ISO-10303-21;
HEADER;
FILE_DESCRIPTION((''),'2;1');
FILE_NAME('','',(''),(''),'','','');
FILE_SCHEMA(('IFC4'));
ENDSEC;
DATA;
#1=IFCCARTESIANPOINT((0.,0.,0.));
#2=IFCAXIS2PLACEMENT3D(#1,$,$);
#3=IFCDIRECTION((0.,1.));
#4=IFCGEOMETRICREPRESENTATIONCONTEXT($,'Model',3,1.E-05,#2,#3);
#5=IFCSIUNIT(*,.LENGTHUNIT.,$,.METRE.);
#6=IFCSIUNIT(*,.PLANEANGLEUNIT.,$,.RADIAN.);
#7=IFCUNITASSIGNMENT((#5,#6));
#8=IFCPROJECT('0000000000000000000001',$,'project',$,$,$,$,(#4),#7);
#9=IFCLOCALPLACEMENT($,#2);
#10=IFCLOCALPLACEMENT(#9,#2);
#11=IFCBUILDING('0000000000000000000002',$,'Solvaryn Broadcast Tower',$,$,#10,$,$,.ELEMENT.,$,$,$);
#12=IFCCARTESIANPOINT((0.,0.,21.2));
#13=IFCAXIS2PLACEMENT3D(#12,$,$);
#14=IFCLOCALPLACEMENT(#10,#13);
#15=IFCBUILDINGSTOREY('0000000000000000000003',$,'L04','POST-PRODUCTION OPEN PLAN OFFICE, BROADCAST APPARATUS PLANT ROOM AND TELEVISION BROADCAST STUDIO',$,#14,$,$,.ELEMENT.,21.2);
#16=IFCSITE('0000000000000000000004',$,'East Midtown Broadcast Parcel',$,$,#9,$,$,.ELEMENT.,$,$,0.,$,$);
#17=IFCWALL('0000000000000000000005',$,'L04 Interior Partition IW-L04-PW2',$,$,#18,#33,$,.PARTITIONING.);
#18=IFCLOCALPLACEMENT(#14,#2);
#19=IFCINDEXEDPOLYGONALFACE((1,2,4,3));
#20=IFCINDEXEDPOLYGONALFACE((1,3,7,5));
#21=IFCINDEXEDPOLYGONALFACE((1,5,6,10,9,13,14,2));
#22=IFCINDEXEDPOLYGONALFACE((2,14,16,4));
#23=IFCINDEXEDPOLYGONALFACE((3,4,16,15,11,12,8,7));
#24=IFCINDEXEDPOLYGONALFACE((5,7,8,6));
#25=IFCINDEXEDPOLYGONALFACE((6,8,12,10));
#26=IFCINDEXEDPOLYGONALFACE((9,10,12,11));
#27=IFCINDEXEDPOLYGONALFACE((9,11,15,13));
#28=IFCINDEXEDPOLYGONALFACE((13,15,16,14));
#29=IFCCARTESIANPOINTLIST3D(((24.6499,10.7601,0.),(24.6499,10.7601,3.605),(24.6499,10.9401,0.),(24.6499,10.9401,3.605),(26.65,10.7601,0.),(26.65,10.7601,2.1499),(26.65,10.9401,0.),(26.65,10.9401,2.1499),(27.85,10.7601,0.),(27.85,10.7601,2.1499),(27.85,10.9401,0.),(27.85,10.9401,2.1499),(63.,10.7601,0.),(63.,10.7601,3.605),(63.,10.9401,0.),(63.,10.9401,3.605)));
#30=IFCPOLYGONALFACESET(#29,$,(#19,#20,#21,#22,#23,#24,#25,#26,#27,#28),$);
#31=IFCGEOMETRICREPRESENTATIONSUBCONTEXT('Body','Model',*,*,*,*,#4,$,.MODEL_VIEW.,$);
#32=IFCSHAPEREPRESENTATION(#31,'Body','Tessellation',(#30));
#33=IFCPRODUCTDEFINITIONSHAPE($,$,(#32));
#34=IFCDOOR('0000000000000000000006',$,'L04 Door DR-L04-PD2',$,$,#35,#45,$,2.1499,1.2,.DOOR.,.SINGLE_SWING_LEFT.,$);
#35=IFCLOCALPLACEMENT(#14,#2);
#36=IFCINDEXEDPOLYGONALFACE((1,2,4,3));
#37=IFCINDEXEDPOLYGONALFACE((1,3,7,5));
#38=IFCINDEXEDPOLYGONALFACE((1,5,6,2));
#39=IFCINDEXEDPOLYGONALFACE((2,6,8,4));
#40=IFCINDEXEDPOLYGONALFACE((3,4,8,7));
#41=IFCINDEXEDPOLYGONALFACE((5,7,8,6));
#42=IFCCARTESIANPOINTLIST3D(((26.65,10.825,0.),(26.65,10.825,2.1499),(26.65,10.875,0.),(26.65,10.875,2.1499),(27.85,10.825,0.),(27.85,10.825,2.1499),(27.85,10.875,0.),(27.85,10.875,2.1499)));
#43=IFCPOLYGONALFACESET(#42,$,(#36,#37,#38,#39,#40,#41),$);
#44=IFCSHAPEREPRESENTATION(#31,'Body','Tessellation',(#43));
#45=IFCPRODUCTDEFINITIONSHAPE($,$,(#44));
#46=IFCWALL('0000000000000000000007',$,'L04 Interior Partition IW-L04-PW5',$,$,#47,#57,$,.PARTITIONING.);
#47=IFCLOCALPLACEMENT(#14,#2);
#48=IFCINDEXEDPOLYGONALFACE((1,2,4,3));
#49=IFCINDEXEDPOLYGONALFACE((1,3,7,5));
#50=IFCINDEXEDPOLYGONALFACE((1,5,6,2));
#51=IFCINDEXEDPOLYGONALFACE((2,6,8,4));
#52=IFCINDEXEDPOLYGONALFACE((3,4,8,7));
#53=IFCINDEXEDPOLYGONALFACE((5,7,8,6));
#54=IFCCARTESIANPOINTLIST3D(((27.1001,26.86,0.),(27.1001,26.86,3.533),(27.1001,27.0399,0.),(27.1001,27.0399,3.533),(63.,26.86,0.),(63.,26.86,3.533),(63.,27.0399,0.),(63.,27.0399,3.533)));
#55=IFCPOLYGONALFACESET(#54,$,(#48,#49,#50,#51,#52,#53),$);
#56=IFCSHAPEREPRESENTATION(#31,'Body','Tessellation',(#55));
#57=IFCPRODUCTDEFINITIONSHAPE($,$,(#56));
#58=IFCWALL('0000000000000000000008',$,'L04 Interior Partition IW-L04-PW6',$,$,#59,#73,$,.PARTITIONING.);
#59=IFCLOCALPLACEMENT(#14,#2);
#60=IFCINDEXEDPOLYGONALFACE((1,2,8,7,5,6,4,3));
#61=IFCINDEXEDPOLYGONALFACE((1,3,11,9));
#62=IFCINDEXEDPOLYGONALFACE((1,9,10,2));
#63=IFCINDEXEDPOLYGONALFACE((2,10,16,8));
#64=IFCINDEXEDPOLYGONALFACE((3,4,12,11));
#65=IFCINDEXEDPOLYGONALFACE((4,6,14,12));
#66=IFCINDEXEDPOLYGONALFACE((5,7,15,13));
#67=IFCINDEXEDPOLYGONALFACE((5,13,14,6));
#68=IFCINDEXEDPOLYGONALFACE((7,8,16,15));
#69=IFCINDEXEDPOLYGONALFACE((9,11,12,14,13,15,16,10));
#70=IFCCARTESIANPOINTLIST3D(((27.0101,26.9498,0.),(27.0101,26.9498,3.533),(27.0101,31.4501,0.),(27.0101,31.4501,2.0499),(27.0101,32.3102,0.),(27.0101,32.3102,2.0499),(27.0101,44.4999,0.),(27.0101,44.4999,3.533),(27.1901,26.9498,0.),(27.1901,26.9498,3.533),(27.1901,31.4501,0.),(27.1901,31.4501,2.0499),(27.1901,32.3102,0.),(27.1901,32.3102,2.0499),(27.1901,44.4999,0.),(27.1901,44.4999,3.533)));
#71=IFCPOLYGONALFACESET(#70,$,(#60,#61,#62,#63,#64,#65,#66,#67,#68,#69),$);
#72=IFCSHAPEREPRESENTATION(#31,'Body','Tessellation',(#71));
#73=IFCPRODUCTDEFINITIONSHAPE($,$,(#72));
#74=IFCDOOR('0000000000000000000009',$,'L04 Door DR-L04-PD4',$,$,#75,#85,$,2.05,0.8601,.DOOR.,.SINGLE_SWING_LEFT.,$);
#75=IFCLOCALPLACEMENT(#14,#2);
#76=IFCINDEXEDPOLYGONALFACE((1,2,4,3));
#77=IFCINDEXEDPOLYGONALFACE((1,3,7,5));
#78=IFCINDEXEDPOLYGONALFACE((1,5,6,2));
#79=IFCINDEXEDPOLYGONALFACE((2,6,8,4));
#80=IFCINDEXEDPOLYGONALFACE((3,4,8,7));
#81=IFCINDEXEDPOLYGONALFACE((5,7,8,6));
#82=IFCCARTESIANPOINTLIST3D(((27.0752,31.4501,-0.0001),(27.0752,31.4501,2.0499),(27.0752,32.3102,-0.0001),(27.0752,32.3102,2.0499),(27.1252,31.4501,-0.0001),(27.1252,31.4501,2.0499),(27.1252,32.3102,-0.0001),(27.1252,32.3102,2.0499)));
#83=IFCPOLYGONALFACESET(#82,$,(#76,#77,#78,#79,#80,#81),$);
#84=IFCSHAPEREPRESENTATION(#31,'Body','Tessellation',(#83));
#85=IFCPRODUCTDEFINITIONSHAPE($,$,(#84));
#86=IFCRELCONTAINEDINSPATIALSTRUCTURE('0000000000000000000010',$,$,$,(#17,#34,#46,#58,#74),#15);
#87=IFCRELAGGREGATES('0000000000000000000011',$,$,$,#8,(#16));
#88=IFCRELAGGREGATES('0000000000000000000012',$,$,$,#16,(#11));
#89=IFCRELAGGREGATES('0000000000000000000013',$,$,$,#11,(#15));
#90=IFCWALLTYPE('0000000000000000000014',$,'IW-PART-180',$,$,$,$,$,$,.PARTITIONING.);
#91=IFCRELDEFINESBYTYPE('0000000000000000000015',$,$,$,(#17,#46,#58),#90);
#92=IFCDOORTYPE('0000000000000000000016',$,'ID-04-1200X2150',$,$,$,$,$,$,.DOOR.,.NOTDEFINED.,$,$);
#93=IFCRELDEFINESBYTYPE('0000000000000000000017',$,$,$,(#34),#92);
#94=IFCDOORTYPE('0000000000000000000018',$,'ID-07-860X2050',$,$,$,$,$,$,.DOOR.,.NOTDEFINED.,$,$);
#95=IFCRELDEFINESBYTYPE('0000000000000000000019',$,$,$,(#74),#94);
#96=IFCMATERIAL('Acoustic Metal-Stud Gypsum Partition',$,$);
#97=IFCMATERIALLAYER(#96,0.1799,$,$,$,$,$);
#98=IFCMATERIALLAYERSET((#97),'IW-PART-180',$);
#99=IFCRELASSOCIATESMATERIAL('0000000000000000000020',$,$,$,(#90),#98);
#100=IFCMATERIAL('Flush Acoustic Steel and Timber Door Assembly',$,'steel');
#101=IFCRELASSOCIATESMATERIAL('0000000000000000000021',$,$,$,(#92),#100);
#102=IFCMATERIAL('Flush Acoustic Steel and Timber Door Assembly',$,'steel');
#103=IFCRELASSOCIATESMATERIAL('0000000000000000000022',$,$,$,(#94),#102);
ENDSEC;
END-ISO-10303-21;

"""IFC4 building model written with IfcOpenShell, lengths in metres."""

from ifc_helpers import new_model, si_unit, direction, frame, frame_2d, origin, place, context, subcontext, project, spatial, rectangle, extrude, material, layer, layer_set, type_object, element, fill, save


model = new_model("IFC4")

# Units and contexts
model_context = context("Model", 3, precision=1e-05, world=origin(), true_north=direction((0.0, 1.0)))
body_context = subcontext(model_context, "Body", "Model", "MODEL_VIEW")
ifc_project = project(units=[si_unit("LENGTHUNIT", "METRE"), si_unit("PLANEANGLEUNIT", "RADIAN")], contexts=[model_context])

# Site, building, storey
site_placement = place(None, origin())
site = spatial("IfcSite", under=ifc_project, at=site_placement, Name="East Midtown Broadcast Parcel", CompositionType="ELEMENT", RefElevation=0.0)
building_placement = place(site_placement, origin())
building = spatial("IfcBuilding", under=site, at=building_placement, Name="Solvaryn Broadcast Tower", CompositionType="ELEMENT")
storey_placement = place(building_placement, frame((0.0, 0.0, 21.2)))
storey = spatial("IfcBuildingStorey", under=building, at=storey_placement, Name="L04", Description="POST-PRODUCTION OPEN PLAN OFFICE, BROADCAST APPARATUS PLANT ROOM AND TELEVISION BROADCAST STUDIO", CompositionType="ELEMENT", Elevation=21.2)

# Wall, opening, door
ifc_material_1 = material(Name="Acoustic Metal-Stud Gypsum Partition")
ifc_layer_1 = layer(ifc_material_1, 0.1799)
ifc_layer_set_1 = layer_set([ifc_layer_1], Name="IW-PART-180")
wall_type_1 = type_object("IfcWallType", Name="IW-PART-180", PredefinedType="PARTITIONING", material=ifc_layer_set_1)
wall_1_placement = place(storey_placement, frame((24.6499, 10.8501, 0.0), z_axis=(0.0, 0.0, 1.0), x_axis=(1.0, 0.0, 0.0)))
wall_1 = element("IfcWall", 1, at=wall_1_placement, inside=storey, type_object=wall_type_1, Name="L04 Interior Partition IW-L04-PW2", PredefinedType="PARTITIONING", context=body_context, shape_type="SweptSolid", body=[
    extrude(rectangle(XDim=38.3501, YDim=0.1799, at=frame_2d((19.175, 0.0))), origin(), (0.0, 0.0, 1.0), 3.605),
])
opening_1_placement = place(wall_1_placement, frame((2.0, 0.0, 0.0)))
opening_1 = element("IfcOpeningElement", 2, at=opening_1_placement, cuts=wall_1, PredefinedType="OPENING", context=body_context, shape_type="SweptSolid", body=[
    extrude(rectangle(XDim=1.2, YDim=2.1499, at=frame_2d((0.6001, 1.075))), frame((0.0, 0.0999, 0.0), z_axis=(0.0, -1.0, 0.0), x_axis=(1.0, 0.0, 0.0)), (0.0, 0.0, 1.0), 0.2),
])
ifc_material_2 = material(Name="Flush Acoustic Steel and Timber Door Assembly", Category="steel")
door_type_1 = type_object("IfcDoorType", Name="ID-04-1200X2150", OperationType="NOTDEFINED", PredefinedType="DOOR", material=ifc_material_2)
door_1_placement = place(opening_1_placement, origin())
door_1 = element("IfcDoor", 3, at=door_1_placement, inside=storey, type_object=door_type_1, Name="L04 Door DR-L04-PD2", OperationType="SINGLE_SWING_LEFT", OverallHeight=2.1499, OverallWidth=1.2, PredefinedType="DOOR", context=body_context, shape_type="SweptSolid", body=[
    extrude(rectangle(XDim=1.2, YDim=2.1499, at=frame_2d((0.6001, 1.075))), frame((0.0, 0.0249, 0.0), z_axis=(0.0, -1.0, 0.0), x_axis=(1.0, 0.0, 0.0)), (0.0, 0.0, 1.0), 0.05),
])
fill(opening_1, door_1)

# Wall
wall_2_placement = place(storey_placement, frame((27.1001, 26.95, 0.0), z_axis=(0.0, 0.0, 1.0), x_axis=(1.0, 0.0, 0.0)))
element("IfcWall", 4, at=wall_2_placement, inside=storey, type_object=wall_type_1, Name="L04 Interior Partition IW-L04-PW5", PredefinedType="PARTITIONING", context=body_context, shape_type="SweptSolid", body=[
    extrude(rectangle(XDim=35.8999, YDim=0.1799, at=frame_2d((17.95, 0.0))), origin(), (0.0, 0.0, 1.0), 3.533),
])

# Wall, opening, door
wall_3_placement = place(storey_placement, frame((27.1001, 26.95, 0.0), z_axis=(0.0, 0.0, 1.0), x_axis=(0.0, 1.0, 0.0)))
wall_3 = element("IfcWall", 5, at=wall_3_placement, inside=storey, type_object=wall_type_1, Name="L04 Interior Partition IW-L04-PW6", PredefinedType="PARTITIONING", context=body_context, shape_type="SweptSolid", body=[
    extrude(rectangle(XDim=17.55, YDim=0.1799, at=frame_2d((8.7749, 0.0))), origin(), (0.0, 0.0, 1.0), 3.533),
])
opening_2_placement = place(wall_3_placement, frame((4.5, 0.0, 0.0)))
opening_2 = element("IfcOpeningElement", 6, at=opening_2_placement, cuts=wall_3, PredefinedType="OPENING", context=body_context, shape_type="SweptSolid", body=[
    extrude(rectangle(XDim=0.8601, YDim=2.05, at=frame_2d((0.4302, 1.0249))), frame((0.0, 0.0999, 0.0), z_axis=(0.0, -1.0, 0.0), x_axis=(1.0, 0.0, 0.0)), (0.0, 0.0, 1.0), 0.2),
])
ifc_material_3 = material(Name="Flush Acoustic Steel and Timber Door Assembly", Category="steel")
door_type_2 = type_object("IfcDoorType", Name="ID-07-860X2050", OperationType="NOTDEFINED", PredefinedType="DOOR", material=ifc_material_3)
door_2_placement = place(opening_2_placement, origin())
door_2 = element("IfcDoor", 7, at=door_2_placement, inside=storey, type_object=door_type_2, Name="L04 Door DR-L04-PD4", OperationType="SINGLE_SWING_LEFT", OverallHeight=2.05, OverallWidth=0.8601, PredefinedType="DOOR", context=body_context, shape_type="SweptSolid", body=[
    extrude(rectangle(XDim=0.8601, YDim=2.05, at=frame_2d((0.4302, 1.0249))), frame((0.0, 0.0249, 0.0), z_axis=(0.0, -1.0, 0.0), x_axis=(1.0, 0.0, 0.0)), (0.0, 0.0, 1.0), 0.05),
])
fill(opening_2, door_2)

save(model, "model.ifc")
